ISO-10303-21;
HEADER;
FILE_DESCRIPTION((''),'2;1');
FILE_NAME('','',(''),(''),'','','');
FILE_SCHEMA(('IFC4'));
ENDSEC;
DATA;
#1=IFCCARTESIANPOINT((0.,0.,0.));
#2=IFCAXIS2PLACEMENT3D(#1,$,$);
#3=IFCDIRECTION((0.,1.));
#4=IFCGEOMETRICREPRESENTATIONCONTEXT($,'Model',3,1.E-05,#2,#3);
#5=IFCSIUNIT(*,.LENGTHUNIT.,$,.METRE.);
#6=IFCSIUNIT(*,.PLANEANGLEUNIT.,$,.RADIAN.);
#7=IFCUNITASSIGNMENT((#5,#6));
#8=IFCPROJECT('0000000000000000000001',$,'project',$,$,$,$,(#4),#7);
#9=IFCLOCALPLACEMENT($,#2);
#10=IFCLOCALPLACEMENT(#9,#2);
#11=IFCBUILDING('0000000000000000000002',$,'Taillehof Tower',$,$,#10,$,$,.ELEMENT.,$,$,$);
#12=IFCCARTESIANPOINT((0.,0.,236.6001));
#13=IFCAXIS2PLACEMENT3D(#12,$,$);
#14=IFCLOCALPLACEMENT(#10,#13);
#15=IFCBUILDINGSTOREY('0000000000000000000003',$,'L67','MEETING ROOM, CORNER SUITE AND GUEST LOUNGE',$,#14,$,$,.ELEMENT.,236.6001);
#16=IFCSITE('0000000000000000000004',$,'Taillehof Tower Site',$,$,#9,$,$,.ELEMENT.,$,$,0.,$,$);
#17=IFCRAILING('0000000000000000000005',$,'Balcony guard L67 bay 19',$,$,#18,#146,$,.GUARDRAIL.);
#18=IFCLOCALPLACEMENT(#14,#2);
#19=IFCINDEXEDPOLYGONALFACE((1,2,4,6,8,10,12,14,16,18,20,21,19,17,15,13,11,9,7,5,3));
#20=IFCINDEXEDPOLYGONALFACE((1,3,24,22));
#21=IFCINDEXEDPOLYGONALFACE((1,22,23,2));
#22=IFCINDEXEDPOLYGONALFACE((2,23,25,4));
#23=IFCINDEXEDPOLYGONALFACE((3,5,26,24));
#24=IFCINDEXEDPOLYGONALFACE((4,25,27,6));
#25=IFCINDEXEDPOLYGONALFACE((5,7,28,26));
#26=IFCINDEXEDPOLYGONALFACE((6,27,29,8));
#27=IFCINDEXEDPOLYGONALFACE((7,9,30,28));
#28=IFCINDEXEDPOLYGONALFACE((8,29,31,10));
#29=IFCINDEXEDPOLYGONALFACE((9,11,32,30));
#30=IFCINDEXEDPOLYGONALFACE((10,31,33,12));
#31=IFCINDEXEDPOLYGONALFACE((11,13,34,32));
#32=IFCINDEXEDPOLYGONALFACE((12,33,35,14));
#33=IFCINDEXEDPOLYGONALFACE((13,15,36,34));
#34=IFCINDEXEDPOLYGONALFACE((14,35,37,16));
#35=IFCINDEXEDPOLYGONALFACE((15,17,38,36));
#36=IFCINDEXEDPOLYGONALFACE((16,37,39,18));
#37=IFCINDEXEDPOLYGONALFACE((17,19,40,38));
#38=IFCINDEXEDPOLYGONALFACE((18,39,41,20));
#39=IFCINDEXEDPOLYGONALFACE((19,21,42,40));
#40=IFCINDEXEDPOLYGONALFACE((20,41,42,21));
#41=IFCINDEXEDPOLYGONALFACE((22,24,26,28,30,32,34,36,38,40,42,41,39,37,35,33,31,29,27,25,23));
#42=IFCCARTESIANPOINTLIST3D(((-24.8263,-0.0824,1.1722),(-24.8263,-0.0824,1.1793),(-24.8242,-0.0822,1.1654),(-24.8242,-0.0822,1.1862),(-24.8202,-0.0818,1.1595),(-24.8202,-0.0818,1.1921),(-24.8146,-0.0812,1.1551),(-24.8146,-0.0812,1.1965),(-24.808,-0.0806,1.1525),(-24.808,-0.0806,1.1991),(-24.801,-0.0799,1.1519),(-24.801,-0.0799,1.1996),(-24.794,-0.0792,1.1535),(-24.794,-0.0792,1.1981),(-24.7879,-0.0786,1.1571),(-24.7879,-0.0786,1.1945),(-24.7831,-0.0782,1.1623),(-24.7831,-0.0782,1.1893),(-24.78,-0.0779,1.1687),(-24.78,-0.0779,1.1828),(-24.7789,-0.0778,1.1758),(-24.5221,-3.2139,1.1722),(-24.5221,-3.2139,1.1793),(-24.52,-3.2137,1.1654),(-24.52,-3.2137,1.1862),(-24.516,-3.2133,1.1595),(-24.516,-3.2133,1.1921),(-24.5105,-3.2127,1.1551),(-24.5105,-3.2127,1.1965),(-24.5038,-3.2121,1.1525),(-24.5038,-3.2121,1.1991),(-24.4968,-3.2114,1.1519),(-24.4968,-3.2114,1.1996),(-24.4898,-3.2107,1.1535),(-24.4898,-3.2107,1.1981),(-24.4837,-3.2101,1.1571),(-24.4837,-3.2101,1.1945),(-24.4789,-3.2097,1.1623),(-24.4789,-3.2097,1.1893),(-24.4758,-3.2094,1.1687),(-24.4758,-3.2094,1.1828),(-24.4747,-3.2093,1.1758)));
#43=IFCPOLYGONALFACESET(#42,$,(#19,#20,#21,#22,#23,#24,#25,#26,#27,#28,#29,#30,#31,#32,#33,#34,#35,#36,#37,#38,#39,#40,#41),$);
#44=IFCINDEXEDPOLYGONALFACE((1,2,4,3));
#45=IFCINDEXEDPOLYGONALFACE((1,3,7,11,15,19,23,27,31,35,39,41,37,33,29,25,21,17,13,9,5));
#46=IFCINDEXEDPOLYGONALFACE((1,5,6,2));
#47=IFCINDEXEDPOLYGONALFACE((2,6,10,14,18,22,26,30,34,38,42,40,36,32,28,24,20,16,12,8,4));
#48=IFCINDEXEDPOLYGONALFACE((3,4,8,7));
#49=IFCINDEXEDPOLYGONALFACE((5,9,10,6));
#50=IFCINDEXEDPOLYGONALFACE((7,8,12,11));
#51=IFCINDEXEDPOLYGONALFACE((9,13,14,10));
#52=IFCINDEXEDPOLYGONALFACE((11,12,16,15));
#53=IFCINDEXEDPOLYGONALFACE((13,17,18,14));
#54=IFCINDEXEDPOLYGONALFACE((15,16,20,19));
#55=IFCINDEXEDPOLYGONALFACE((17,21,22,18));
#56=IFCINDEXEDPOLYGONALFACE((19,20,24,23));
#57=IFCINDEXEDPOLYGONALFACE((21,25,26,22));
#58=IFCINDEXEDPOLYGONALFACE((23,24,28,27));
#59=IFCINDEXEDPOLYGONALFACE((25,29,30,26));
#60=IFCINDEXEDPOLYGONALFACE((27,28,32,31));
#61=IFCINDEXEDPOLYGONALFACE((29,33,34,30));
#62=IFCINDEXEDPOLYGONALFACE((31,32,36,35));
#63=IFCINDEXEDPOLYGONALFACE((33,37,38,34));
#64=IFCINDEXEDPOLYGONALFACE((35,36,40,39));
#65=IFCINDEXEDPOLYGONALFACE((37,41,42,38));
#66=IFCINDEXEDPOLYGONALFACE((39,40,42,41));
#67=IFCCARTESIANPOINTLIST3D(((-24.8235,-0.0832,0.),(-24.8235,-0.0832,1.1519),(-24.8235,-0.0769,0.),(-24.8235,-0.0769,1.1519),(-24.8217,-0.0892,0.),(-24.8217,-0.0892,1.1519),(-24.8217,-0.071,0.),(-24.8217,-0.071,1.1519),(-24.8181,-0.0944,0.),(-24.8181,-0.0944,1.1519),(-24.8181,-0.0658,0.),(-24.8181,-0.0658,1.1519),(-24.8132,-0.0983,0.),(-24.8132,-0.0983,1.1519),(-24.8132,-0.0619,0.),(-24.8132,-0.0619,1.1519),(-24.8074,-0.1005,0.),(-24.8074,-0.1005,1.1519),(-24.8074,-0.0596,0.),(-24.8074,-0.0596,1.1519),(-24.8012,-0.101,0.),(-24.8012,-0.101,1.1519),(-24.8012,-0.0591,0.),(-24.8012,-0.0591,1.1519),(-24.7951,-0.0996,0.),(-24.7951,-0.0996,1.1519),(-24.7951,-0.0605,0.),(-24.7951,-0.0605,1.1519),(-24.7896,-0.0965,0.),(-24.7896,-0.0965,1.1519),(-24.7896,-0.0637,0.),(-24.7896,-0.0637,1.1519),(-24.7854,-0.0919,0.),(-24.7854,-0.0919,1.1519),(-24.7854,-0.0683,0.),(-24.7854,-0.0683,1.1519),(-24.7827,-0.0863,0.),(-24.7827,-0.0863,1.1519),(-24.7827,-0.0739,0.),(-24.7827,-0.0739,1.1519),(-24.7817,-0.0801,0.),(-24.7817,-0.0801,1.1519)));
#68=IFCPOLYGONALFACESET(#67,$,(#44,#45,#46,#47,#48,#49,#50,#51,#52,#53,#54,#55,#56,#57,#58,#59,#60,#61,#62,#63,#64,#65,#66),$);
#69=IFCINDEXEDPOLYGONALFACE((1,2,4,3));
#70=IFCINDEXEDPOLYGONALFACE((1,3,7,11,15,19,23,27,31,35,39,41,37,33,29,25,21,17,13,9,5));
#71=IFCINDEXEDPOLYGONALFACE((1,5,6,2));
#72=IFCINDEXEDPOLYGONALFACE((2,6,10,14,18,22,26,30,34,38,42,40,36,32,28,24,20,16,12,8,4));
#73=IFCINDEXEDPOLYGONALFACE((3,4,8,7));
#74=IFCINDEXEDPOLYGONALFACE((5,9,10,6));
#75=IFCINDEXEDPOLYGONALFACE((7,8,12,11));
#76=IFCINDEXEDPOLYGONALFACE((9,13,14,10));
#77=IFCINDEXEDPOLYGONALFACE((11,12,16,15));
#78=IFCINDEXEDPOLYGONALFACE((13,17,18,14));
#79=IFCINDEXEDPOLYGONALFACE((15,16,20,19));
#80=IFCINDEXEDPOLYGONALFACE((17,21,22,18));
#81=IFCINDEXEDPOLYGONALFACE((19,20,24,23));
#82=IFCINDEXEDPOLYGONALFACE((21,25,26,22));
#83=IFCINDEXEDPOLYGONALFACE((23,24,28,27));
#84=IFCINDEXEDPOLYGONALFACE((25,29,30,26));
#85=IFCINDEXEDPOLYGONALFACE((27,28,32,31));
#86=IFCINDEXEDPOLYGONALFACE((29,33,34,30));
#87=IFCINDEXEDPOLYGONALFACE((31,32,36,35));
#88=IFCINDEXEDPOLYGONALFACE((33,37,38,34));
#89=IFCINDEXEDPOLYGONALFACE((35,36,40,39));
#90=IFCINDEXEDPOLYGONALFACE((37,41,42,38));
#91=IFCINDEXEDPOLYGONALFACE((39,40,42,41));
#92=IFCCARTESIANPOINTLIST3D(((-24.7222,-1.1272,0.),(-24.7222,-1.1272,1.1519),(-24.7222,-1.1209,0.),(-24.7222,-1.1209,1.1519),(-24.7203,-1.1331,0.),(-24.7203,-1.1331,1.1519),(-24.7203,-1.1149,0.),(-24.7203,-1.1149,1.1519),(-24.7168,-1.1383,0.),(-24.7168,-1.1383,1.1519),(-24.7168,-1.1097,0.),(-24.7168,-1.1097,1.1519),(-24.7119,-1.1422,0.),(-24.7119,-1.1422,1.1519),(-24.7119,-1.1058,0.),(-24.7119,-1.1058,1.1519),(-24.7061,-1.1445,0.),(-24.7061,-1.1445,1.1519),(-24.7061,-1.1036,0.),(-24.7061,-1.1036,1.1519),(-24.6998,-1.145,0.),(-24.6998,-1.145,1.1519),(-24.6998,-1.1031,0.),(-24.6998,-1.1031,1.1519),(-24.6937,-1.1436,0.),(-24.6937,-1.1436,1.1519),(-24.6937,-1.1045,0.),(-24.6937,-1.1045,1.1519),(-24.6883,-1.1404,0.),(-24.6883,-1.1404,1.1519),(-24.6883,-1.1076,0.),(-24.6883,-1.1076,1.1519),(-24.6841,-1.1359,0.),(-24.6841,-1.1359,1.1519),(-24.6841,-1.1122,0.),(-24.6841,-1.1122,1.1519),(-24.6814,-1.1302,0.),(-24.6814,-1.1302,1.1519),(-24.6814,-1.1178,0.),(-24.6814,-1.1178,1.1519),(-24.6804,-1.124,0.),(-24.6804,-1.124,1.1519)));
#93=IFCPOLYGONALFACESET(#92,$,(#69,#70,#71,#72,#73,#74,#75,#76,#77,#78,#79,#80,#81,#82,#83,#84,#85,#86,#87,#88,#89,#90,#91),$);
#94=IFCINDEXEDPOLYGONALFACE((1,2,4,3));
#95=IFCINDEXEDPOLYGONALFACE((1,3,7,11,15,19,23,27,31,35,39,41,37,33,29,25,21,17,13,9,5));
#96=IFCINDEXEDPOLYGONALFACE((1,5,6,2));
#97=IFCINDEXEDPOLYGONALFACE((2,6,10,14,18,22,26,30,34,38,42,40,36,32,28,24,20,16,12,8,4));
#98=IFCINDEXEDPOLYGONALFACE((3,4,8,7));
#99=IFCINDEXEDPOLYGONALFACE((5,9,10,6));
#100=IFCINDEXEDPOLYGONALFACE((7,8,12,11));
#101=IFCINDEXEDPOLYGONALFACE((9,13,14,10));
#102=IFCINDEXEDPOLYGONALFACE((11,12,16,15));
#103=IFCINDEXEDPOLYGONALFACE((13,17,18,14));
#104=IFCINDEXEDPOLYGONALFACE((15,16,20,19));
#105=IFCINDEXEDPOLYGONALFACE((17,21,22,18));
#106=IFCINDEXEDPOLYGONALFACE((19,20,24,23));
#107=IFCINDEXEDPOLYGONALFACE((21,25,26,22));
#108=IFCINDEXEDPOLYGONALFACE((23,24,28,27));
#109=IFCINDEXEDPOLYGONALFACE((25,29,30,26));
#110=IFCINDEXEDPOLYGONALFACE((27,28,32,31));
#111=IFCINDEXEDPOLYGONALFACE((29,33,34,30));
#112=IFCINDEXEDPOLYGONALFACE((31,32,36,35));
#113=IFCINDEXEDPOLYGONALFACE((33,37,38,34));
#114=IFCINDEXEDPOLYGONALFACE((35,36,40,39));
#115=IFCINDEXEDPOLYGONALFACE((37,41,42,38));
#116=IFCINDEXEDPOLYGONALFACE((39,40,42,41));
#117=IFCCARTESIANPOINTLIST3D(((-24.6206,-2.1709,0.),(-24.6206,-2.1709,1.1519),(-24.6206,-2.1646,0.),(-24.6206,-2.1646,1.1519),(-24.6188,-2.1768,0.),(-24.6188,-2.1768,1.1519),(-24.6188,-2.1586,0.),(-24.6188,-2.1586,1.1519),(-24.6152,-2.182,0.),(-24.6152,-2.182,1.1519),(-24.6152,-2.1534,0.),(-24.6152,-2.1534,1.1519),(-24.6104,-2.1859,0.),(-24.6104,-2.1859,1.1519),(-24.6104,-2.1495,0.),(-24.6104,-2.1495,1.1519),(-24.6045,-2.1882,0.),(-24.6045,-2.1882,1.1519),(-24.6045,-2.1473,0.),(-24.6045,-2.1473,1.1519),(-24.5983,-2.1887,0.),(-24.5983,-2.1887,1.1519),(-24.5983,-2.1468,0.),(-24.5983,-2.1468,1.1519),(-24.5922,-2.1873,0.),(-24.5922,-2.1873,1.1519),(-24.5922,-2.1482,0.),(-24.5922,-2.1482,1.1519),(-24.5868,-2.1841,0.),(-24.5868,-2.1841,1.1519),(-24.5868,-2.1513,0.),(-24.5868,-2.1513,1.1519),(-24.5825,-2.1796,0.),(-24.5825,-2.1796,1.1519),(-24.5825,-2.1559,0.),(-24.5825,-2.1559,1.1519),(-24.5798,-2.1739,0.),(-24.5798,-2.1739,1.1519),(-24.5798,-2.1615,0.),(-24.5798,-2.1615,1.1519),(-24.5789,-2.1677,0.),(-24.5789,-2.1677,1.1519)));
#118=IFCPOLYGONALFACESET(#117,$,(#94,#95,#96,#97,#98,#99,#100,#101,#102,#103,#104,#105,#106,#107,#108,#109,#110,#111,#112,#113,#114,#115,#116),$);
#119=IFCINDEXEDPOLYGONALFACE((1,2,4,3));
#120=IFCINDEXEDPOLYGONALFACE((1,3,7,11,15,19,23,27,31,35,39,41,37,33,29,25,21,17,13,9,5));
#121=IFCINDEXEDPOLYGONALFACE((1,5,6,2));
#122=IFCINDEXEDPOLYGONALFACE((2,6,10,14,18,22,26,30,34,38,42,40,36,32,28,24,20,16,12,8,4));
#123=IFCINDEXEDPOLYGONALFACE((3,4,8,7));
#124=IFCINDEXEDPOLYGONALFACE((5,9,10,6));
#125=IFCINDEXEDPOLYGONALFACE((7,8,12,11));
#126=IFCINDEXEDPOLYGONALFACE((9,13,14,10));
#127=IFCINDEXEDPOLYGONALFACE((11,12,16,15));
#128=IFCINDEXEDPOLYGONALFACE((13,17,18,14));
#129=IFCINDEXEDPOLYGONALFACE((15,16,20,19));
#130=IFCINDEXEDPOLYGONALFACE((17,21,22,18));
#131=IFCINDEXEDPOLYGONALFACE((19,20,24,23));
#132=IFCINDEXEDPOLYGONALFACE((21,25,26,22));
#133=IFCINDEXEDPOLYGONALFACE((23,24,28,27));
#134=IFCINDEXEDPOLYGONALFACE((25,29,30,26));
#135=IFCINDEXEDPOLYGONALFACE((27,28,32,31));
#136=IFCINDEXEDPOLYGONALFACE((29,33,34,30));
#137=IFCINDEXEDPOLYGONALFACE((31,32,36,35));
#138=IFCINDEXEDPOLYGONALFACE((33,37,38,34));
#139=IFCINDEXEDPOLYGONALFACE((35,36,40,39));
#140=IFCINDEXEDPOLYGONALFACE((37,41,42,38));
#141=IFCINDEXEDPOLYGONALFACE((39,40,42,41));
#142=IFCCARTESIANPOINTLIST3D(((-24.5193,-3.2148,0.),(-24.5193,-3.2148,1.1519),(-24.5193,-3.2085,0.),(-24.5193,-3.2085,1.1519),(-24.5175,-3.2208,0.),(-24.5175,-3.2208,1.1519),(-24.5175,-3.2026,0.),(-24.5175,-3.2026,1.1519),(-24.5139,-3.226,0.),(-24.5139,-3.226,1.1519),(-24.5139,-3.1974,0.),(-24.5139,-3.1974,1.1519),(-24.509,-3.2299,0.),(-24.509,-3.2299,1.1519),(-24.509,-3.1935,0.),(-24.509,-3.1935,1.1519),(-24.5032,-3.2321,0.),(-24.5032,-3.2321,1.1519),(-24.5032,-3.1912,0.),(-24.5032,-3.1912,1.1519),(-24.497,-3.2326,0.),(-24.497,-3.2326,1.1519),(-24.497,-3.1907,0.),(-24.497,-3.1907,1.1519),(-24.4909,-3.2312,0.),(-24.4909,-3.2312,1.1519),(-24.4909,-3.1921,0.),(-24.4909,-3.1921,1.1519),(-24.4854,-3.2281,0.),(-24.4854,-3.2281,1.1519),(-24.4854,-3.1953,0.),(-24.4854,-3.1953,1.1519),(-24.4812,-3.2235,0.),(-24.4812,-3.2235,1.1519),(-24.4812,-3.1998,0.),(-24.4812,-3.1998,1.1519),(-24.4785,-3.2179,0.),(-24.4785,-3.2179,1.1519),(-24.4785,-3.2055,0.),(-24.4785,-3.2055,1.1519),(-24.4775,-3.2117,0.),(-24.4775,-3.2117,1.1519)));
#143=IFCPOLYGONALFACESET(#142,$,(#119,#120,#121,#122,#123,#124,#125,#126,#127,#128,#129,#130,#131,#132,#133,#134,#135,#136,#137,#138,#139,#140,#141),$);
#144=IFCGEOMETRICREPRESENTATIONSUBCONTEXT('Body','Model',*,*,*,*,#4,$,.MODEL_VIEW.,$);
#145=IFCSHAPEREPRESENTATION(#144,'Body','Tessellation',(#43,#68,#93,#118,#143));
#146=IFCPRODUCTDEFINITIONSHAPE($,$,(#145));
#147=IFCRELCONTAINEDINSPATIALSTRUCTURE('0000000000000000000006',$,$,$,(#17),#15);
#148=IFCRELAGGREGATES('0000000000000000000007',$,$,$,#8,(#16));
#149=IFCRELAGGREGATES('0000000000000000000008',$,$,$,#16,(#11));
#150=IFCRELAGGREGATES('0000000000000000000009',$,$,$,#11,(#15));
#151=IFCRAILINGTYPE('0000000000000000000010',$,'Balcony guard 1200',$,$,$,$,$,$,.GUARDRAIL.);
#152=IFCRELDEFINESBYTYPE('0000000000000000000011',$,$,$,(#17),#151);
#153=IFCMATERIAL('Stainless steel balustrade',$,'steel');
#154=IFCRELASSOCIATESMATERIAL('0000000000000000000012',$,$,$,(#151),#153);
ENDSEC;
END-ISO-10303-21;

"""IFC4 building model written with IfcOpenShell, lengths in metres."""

from ifc_helpers import new_model, si_unit, direction, frame, origin, origin_2d, place, context, subcontext, project, spatial, circle, extrude, material, type_object, element, save


model = new_model("IFC4")

# Units and contexts
model_context = context("Model", 3, precision=1e-05, world=origin(), true_north=direction((0.0, 1.0)))
body_context = subcontext(model_context, "Body", "Model", "MODEL_VIEW")
ifc_project = project(units=[si_unit("LENGTHUNIT", "METRE"), si_unit("PLANEANGLEUNIT", "RADIAN")], contexts=[model_context])

# Site, building, storey
site_placement = place(None, origin())
site = spatial("IfcSite", under=ifc_project, at=site_placement, Name="Taillehof Tower Site", CompositionType="ELEMENT", RefElevation=0.0)
building_placement = place(site_placement, origin())
building = spatial("IfcBuilding", under=site, at=building_placement, Name="Taillehof Tower", CompositionType="ELEMENT")
storey_placement = place(building_placement, frame((0.0, 0.0, 236.6001)))
storey = spatial("IfcBuildingStorey", under=building, at=storey_placement, Name="L67", Description="MEETING ROOM, CORNER SUITE AND GUEST LOUNGE", CompositionType="ELEMENT", Elevation=236.6001)

# Railing
ifc_material_1 = material(Name="Stainless steel balustrade", Category="steel")
railing_type = type_object("IfcRailingType", Name="Balcony guard 1200", PredefinedType="GUARDRAIL", material=ifc_material_1)
railing_1_placement = place(storey_placement, frame((-24.8027, -0.0801, 0.0)))
element("IfcRailing", 1, at=railing_1_placement, inside=storey, type_object=railing_type, Name="Balcony guard L67 bay 19", PredefinedType="GUARDRAIL", context=body_context, shape_type="SweptSolid", body=[
    extrude(circle(Radius=0.0239, at=origin_2d()), frame((0.0, 0.0, 1.1758), z_axis=(0.096684, -0.995315, 0.0), x_axis=(0.995315, 0.096684, 0.0)), (0.0, 0.0, 1.0), 3.1462),
    extrude(circle(Radius=0.021, at=origin_2d()), origin(), (0.0, 0.0, 1.0), 1.1519),
    extrude(circle(Radius=0.021, at=origin_2d()), frame((0.1013, -1.0439, 0.0)), (0.0, 0.0, 1.0), 1.1519),
    extrude(circle(Radius=0.021, at=origin_2d()), frame((0.2029, -2.0876, 0.0)), (0.0, 0.0, 1.0), 1.1519),
    extrude(circle(Radius=0.021, at=origin_2d()), frame((0.3042, -3.1316, 0.0)), (0.0, 0.0, 1.0), 1.1519),
])

save(model, "model.ifc")
